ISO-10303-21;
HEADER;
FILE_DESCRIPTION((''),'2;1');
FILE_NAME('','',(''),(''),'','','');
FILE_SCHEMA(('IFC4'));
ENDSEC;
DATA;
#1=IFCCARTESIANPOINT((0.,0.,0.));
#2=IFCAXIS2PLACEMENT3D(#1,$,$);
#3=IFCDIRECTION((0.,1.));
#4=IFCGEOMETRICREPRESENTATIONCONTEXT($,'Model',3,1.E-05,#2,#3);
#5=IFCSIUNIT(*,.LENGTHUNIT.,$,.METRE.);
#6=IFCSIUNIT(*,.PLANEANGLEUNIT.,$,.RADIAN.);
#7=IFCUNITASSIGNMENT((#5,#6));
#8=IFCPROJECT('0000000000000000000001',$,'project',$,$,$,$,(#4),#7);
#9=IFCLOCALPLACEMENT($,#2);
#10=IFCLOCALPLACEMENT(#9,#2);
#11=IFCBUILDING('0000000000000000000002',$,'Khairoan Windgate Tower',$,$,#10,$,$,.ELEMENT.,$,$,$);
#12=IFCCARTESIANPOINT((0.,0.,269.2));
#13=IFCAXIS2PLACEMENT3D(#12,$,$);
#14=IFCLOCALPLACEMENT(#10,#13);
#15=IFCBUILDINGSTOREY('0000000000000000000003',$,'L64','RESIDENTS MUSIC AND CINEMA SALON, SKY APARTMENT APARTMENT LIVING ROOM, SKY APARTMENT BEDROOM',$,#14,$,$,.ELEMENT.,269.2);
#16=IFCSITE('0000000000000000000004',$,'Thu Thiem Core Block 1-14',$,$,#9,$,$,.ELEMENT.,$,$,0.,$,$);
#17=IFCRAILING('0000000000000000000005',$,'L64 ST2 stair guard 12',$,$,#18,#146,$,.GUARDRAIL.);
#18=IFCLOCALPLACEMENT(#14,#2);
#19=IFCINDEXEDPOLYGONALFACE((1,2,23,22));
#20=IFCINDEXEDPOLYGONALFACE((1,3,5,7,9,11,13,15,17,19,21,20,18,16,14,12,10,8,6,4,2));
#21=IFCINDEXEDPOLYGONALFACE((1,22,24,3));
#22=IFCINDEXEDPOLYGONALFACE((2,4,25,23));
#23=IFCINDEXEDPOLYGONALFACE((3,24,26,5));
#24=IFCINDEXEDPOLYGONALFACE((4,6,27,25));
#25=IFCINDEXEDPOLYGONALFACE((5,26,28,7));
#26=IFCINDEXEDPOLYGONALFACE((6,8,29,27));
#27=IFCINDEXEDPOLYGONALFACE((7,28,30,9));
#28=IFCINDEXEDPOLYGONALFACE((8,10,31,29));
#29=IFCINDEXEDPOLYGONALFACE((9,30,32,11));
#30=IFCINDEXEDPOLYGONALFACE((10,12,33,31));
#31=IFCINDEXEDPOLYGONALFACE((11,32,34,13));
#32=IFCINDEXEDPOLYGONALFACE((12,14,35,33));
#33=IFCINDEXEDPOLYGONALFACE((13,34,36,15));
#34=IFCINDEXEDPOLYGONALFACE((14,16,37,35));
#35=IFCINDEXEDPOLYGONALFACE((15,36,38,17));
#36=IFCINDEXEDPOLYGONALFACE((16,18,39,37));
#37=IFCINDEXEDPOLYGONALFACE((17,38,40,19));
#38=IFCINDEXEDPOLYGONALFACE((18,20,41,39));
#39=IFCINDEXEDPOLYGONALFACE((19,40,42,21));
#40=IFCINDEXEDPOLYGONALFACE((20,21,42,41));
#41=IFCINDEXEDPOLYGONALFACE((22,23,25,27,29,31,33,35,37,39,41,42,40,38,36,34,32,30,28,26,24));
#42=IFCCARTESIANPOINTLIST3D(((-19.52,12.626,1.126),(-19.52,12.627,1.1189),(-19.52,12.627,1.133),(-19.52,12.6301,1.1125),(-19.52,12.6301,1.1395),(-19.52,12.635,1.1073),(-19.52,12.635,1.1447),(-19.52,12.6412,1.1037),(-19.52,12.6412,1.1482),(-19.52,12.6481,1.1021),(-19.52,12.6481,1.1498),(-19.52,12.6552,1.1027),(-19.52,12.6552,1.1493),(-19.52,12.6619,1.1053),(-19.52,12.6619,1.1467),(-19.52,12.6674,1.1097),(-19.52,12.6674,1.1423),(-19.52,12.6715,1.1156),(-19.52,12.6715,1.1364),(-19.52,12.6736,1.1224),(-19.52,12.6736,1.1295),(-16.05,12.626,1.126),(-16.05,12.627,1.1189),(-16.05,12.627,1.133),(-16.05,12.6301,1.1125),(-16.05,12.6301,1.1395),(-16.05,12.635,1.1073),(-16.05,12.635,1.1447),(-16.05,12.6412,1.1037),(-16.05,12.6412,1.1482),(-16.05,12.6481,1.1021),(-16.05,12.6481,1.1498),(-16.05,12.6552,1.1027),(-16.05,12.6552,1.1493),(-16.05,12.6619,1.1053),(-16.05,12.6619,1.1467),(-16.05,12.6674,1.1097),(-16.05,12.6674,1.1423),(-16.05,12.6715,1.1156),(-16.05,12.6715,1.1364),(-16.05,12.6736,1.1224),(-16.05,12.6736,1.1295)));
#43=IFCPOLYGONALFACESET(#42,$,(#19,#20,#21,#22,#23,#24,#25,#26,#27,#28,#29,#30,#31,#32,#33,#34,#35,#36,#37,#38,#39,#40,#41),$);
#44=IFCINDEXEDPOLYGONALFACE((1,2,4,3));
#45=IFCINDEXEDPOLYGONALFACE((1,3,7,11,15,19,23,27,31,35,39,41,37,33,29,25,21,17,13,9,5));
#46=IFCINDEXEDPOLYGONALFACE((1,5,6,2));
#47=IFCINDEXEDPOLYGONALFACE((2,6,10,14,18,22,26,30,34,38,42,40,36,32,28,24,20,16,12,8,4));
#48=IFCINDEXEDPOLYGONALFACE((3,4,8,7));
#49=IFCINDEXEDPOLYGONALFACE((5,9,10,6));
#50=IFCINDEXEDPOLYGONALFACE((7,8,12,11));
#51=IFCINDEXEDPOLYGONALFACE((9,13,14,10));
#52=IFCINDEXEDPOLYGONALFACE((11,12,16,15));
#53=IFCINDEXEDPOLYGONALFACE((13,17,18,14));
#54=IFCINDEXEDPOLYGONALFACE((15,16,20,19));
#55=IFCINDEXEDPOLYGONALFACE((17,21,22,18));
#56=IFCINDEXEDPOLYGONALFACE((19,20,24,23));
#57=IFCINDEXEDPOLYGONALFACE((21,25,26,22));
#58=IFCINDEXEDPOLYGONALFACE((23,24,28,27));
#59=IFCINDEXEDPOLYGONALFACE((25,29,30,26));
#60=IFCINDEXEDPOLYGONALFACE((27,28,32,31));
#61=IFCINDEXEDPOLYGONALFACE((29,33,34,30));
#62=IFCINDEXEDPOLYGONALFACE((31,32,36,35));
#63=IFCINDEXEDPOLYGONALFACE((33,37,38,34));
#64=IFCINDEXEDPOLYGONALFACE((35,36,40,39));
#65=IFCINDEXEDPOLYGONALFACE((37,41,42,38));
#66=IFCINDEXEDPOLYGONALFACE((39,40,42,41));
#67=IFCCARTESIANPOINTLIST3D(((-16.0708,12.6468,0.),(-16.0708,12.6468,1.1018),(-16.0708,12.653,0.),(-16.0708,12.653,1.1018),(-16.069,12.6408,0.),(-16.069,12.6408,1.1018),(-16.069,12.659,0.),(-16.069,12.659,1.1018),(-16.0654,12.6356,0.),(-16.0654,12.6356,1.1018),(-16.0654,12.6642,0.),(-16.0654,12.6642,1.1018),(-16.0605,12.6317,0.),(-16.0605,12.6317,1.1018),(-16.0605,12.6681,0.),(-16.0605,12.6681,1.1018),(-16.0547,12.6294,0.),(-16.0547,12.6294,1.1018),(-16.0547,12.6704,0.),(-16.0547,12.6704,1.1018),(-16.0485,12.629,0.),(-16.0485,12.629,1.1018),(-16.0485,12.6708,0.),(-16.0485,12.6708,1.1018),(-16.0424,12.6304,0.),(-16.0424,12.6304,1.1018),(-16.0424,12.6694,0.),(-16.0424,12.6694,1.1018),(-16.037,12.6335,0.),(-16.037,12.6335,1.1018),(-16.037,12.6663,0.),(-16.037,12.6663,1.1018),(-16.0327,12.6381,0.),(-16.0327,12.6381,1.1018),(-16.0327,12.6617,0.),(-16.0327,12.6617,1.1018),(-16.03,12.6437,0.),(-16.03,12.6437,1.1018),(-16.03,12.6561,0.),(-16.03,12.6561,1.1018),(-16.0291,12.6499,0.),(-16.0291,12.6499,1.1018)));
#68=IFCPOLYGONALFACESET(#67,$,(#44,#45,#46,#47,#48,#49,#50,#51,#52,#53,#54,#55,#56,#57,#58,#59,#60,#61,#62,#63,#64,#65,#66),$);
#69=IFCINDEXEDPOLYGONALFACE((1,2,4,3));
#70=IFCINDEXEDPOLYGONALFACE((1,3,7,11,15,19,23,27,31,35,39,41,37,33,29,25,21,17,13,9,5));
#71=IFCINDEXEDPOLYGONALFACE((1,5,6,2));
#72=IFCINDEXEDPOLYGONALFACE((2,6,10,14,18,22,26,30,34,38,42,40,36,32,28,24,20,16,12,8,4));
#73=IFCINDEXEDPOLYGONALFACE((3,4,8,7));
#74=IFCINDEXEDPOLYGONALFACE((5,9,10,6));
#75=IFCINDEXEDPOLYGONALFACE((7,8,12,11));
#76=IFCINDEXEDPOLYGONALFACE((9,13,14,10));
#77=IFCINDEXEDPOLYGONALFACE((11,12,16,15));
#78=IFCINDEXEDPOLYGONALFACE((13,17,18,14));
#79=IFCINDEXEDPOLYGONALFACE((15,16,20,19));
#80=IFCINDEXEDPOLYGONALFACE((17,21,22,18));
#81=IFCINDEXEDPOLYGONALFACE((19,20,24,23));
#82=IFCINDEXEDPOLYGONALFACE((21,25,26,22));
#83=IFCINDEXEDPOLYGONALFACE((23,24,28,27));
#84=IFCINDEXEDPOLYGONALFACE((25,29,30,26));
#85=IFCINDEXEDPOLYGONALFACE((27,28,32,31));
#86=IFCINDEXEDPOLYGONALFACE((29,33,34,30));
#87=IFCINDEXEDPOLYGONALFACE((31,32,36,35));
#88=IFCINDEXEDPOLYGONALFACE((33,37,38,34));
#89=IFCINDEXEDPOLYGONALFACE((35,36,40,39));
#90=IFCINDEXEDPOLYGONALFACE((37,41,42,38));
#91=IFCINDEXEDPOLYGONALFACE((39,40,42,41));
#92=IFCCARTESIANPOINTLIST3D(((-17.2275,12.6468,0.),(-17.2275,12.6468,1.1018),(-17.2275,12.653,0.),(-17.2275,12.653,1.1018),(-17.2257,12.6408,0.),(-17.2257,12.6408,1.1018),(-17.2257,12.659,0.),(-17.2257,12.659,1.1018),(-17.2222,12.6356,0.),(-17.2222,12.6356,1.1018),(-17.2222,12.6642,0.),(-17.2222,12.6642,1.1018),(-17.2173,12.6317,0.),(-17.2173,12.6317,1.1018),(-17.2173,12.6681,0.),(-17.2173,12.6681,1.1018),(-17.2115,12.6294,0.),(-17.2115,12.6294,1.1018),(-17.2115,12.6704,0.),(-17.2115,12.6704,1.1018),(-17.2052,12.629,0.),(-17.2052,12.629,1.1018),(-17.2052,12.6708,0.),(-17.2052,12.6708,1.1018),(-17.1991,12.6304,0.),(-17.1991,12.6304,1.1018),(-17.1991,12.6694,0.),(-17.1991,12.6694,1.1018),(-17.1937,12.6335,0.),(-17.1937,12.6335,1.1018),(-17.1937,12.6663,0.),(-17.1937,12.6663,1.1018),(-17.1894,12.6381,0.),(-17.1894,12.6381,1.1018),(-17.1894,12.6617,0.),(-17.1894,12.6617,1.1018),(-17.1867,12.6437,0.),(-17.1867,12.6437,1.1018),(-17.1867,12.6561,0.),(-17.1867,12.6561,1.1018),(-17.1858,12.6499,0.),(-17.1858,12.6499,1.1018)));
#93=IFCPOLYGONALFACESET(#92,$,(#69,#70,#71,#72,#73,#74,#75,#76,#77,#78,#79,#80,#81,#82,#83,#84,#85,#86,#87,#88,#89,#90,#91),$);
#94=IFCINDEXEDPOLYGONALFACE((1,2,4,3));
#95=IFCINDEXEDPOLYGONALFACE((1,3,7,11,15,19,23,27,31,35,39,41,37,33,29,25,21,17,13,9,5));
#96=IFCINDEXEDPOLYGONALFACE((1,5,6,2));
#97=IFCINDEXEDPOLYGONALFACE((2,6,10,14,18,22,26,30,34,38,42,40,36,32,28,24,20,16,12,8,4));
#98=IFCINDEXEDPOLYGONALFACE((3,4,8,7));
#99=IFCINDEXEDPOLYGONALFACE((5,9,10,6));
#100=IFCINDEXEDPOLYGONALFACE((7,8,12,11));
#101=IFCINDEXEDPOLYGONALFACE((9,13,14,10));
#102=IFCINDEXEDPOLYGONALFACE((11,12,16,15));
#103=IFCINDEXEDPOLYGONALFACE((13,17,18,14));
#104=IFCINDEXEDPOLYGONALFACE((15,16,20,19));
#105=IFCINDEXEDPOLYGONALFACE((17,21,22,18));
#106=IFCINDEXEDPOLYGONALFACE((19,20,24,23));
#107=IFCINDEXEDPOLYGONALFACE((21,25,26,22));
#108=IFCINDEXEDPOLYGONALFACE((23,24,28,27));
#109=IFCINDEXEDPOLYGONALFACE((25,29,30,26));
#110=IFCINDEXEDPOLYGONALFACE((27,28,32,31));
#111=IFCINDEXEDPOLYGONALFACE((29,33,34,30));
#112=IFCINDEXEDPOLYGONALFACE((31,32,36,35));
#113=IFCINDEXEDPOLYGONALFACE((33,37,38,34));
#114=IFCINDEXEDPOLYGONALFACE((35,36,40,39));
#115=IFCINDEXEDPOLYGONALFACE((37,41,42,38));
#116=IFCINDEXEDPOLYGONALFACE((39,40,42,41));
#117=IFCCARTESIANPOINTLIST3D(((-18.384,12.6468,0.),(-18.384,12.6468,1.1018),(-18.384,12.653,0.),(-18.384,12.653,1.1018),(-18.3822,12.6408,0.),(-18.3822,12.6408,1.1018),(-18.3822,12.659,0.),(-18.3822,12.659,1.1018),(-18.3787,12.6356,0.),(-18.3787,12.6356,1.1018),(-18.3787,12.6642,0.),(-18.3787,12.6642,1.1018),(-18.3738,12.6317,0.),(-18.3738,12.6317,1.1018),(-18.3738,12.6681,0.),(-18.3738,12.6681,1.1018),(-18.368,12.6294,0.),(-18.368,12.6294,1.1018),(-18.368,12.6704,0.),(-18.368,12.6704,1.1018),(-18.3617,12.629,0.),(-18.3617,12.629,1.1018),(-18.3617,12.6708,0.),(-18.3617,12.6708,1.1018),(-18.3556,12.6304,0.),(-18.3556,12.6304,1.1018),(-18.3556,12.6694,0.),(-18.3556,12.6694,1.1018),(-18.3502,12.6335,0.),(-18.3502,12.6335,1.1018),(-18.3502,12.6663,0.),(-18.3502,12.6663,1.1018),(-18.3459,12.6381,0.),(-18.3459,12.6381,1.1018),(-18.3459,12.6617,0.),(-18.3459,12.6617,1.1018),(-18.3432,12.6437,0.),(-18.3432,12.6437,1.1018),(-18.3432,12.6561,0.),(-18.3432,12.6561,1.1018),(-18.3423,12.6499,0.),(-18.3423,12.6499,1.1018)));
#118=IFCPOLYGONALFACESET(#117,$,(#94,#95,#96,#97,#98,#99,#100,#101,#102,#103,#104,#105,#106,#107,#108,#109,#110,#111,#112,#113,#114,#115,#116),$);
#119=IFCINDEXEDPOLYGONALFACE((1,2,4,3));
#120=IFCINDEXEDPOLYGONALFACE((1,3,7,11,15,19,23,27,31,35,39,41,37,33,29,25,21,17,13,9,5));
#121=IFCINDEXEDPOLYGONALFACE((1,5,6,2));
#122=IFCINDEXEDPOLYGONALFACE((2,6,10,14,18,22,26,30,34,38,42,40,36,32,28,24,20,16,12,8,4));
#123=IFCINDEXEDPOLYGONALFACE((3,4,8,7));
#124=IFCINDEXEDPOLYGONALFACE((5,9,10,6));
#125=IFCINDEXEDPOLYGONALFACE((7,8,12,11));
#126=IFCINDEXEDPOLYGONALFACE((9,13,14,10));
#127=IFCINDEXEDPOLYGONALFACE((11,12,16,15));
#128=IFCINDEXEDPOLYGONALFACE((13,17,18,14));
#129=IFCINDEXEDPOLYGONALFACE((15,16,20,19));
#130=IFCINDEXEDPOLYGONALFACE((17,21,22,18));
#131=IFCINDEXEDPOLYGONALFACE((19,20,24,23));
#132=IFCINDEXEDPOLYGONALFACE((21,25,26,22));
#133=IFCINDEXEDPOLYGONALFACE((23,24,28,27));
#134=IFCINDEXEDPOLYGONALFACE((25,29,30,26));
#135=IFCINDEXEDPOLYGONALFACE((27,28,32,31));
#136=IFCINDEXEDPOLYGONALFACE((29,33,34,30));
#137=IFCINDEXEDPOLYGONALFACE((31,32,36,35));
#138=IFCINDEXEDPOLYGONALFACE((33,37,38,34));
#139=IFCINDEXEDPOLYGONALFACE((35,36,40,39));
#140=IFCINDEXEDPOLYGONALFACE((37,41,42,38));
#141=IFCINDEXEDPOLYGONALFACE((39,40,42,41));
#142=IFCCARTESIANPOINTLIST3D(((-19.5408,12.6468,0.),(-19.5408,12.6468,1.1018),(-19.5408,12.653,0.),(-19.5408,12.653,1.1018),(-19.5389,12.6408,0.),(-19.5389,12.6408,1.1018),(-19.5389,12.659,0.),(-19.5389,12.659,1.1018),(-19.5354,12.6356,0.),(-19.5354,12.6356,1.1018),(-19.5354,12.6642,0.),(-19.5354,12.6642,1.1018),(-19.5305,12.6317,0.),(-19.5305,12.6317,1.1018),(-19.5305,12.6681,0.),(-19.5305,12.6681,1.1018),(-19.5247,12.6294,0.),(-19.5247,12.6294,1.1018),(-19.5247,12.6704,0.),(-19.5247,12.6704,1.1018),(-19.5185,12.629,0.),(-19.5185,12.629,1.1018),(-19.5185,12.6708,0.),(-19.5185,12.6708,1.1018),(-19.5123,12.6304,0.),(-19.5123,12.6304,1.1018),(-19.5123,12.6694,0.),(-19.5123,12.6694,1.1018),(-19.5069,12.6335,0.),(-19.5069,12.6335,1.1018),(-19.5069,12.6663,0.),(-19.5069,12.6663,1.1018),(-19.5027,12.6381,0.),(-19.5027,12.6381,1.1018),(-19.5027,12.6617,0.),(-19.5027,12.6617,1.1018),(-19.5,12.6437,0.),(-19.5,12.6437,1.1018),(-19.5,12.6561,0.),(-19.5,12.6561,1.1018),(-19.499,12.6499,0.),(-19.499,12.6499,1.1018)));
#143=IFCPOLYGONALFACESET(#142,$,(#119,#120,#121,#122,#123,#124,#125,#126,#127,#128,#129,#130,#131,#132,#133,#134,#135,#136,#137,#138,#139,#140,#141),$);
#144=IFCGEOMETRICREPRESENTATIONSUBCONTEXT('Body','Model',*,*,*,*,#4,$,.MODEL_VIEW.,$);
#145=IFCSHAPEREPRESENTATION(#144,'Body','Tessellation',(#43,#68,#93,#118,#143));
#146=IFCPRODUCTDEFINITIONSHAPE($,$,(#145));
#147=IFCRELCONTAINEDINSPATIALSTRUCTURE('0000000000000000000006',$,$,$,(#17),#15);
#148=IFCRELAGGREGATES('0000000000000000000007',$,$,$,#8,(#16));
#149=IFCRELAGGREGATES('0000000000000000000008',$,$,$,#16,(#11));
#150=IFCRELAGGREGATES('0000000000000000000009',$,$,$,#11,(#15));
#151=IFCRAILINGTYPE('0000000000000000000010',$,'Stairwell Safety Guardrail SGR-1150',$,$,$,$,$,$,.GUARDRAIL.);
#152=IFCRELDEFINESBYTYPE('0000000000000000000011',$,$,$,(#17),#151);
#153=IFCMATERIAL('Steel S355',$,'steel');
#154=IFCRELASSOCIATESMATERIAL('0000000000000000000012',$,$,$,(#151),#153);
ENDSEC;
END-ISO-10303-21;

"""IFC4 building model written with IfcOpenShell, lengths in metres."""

from ifc_helpers import new_model, si_unit, direction, frame, origin, origin_2d, place, context, subcontext, project, spatial, circle, extrude, material, type_object, element, save


model = new_model("IFC4")

# Units and contexts
model_context = context("Model", 3, precision=1e-05, world=origin(), true_north=direction((0.0, 1.0)))
body_context = subcontext(model_context, "Body", "Model", "MODEL_VIEW")
ifc_project = project(units=[si_unit("LENGTHUNIT", "METRE"), si_unit("PLANEANGLEUNIT", "RADIAN")], contexts=[model_context])

# Site, building, storey
site_placement = place(None, origin())
site = spatial("IfcSite", under=ifc_project, at=site_placement, Name="Thu Thiem Core Block 1-14", CompositionType="ELEMENT", RefElevation=0.0)
building_placement = place(site_placement, origin())
building = spatial("IfcBuilding", under=site, at=building_placement, Name="Khairoan Windgate Tower", CompositionType="ELEMENT")
storey_placement = place(building_placement, frame((0.0, 0.0, 269.2)))
storey = spatial("IfcBuildingStorey", under=building, at=storey_placement, Name="L64", Description="RESIDENTS MUSIC AND CINEMA SALON, SKY APARTMENT APARTMENT LIVING ROOM, SKY APARTMENT BEDROOM", CompositionType="ELEMENT", Elevation=269.2)

# Railing
ifc_material_1 = material(Name="Steel S355", Category="steel")
railing_type = type_object("IfcRailingType", Name="Stairwell Safety Guardrail SGR-1150", PredefinedType="GUARDRAIL", material=ifc_material_1)
railing_1_placement = place(storey_placement, frame((-16.05, 12.6499, 0.0)))
element("IfcRailing", 1, at=railing_1_placement, inside=storey, type_object=railing_type, Name="L64 ST2 stair guard 12", PredefinedType="GUARDRAIL", context=body_context, shape_type="SweptSolid", body=[
    extrude(circle(Radius=0.0239, at=origin_2d()), frame((0.0, 0.0, 1.126), z_axis=(-1.0, 0.0, 0.0), x_axis=(0.0, -1.0, 0.0)), (0.0, 0.0, 1.0), 3.47),
    extrude(circle(Radius=0.021, at=origin_2d()), origin(), (0.0, 0.0, 1.0), 1.1018),
    extrude(circle(Radius=0.021, at=origin_2d()), frame((-1.1567, 0.0, 0.0)), (0.0, 0.0, 1.0), 1.1018),
    extrude(circle(Radius=0.021, at=origin_2d()), frame((-2.3132, 0.0, 0.0)), (0.0, 0.0, 1.0), 1.1018),
    extrude(circle(Radius=0.021, at=origin_2d()), frame((-3.47, 0.0, 0.0)), (0.0, 0.0, 1.0), 1.1018),
])

save(model, "model.ifc")
